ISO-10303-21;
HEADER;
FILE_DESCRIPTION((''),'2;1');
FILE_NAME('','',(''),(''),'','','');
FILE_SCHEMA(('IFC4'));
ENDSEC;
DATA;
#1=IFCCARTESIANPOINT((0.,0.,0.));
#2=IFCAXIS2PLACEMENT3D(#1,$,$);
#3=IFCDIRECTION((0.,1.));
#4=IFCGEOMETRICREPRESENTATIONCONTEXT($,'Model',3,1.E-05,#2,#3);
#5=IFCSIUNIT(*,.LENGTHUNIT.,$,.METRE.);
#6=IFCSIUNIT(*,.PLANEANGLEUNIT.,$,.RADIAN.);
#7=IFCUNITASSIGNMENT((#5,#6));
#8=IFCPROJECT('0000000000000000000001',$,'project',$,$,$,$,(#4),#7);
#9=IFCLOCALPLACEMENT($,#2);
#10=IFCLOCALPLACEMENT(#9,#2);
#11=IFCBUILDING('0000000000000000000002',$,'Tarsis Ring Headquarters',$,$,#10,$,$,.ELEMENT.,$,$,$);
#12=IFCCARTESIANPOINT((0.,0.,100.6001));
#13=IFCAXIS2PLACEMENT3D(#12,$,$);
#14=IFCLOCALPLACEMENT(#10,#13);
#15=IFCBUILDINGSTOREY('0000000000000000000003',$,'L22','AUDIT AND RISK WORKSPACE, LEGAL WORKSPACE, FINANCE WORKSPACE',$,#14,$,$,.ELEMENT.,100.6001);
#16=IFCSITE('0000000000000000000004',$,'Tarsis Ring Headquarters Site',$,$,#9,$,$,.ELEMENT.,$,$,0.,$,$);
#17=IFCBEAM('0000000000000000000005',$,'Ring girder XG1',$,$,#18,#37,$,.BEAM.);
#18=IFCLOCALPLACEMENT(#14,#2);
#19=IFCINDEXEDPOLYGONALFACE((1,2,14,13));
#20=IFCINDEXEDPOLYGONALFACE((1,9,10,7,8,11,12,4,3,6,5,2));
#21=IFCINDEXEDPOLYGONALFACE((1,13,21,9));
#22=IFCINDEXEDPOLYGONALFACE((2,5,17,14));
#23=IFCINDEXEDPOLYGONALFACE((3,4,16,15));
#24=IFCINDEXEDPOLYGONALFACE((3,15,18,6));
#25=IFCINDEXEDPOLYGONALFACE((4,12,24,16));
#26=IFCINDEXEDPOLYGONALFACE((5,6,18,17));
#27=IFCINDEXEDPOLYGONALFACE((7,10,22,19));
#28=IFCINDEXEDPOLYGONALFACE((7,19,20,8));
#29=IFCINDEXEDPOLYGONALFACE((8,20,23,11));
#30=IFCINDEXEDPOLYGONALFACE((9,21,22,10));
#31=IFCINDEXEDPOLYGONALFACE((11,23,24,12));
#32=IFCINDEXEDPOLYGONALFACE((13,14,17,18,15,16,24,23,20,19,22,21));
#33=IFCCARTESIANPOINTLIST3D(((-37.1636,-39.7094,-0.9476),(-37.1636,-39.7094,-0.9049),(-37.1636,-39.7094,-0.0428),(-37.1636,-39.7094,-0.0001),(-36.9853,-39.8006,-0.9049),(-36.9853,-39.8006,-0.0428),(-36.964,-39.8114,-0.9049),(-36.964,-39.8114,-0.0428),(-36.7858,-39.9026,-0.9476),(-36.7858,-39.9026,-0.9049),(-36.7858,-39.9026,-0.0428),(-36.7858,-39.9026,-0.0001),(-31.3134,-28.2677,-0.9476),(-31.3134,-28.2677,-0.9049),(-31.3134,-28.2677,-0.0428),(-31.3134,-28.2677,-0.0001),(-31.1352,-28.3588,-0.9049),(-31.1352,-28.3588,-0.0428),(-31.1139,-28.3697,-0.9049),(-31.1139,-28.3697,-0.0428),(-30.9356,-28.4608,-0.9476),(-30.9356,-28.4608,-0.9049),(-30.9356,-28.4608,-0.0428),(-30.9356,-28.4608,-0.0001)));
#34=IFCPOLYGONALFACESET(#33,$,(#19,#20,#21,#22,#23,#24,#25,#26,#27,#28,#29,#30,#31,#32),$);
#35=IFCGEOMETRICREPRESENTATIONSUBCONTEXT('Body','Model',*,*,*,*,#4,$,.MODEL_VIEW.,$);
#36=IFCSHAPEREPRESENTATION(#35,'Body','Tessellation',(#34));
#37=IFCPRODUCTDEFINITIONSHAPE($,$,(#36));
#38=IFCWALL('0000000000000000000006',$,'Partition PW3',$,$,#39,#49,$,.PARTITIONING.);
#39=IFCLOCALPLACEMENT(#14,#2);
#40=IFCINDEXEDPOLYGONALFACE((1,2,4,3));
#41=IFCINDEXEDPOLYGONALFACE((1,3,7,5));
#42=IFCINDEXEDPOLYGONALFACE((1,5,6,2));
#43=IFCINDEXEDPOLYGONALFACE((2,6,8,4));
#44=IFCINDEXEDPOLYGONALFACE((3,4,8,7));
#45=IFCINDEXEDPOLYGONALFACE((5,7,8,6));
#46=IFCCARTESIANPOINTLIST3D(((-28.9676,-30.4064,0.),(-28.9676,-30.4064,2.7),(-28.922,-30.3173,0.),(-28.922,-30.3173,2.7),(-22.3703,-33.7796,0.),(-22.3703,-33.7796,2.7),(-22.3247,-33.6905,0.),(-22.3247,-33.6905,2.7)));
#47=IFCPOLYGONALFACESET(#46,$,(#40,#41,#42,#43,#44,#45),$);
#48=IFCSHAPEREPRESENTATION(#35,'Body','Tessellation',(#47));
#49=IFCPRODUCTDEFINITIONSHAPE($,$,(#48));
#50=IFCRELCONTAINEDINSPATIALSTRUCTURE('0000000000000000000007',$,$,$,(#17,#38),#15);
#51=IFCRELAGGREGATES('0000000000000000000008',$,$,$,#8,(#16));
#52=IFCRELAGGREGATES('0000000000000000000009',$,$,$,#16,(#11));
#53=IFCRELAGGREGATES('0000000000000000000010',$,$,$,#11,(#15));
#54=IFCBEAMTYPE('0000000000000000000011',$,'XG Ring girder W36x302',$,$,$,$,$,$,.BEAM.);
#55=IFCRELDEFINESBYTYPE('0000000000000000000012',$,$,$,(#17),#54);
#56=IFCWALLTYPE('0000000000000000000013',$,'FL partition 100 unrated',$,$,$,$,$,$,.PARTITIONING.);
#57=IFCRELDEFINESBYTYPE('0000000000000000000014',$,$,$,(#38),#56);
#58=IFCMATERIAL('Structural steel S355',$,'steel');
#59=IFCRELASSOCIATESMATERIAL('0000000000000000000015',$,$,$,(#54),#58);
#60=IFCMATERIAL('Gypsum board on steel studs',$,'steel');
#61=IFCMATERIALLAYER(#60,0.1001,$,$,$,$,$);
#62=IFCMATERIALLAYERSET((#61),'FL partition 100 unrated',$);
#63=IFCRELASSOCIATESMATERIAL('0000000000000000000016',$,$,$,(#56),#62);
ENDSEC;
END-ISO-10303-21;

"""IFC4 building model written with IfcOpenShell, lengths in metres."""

from ifc_helpers import new_model, si_unit, direction, frame, frame_2d, origin, origin_2d, place, context, subcontext, project, spatial, rectangle, i_section, extrude, material, layer, layer_set, material_profile, profile_set, type_object, element, save


model = new_model("IFC4")

# Units and contexts
model_context = context("Model", 3, precision=1e-05, world=origin(), true_north=direction((0.0, 1.0)))
body_context = subcontext(model_context, "Body", "Model", "MODEL_VIEW")
ifc_project = project(units=[si_unit("LENGTHUNIT", "METRE"), si_unit("PLANEANGLEUNIT", "RADIAN")], contexts=[model_context])

# Site, building, storey
site_placement = place(None, origin())
site = spatial("IfcSite", under=ifc_project, at=site_placement, Name="Tarsis Ring Headquarters Site", CompositionType="ELEMENT", RefElevation=0.0)
building_placement = place(site_placement, origin())
building = spatial("IfcBuilding", under=site, at=building_placement, Name="Tarsis Ring Headquarters", CompositionType="ELEMENT")
storey_placement = place(building_placement, frame((0.0, 0.0, 100.6001)))
storey = spatial("IfcBuildingStorey", under=building, at=storey_placement, Name="L22", Description="AUDIT AND RISK WORKSPACE, LEGAL WORKSPACE, FINANCE WORKSPACE", CompositionType="ELEMENT", Elevation=100.6001)

# Shared definitions
ifc_material_1 = material(Name="Structural steel S355", Category="steel")

# Beam
ifc_material_profile_1 = material_profile(ifc_material_1, i_section(OverallWidth=0.4243, OverallDepth=0.9475, WebThickness=0.0239, FlangeThickness=0.0427, at=origin_2d()), Name="W36x302")
ifc_profile_set_1 = profile_set([ifc_material_profile_1], Name="Structural steel S355")
beam_type_1 = type_object("IfcBeamType", Name="XG Ring girder W36x302", PredefinedType="BEAM", material=ifc_profile_set_1)
beam_1_placement = place(storey_placement, frame((-31.1245, -28.3643, -0.4739), z_axis=(-0.455243, -0.890367, 0.0), x_axis=(0.890367, -0.455243, 0.0)))
element("IfcBeam", 1, at=beam_1_placement, inside=storey, type_object=beam_type_1, Name="Ring girder XG1", PredefinedType="BEAM", context=body_context, shape_type="SweptSolid", body=[
    extrude(i_section(OverallWidth=0.4243, OverallDepth=0.9475, WebThickness=0.0239, FlangeThickness=0.0427, at=origin_2d()), origin(), (0.0, 0.0, 1.0), 12.8506),
])

# Wall
ifc_material_2 = material(Name="Gypsum board on steel studs", Category="steel")
ifc_layer = layer(ifc_material_2, 0.1001)
ifc_layer_set = layer_set([ifc_layer], Name="FL partition 100 unrated")
wall_type = type_object("IfcWallType", Name="FL partition 100 unrated", PredefinedType="PARTITIONING", material=ifc_layer_set)
wall_placement = place(storey_placement, frame((-28.9448, -30.3618, 0.0), z_axis=(0.0, 0.0, 1.0), x_axis=(0.890365, -0.455248, 0.0)))
element("IfcWall", 2, at=wall_placement, inside=storey, type_object=wall_type, Name="Partition PW3", PredefinedType="PARTITIONING", context=body_context, shape_type="SweptSolid", body=[
    extrude(rectangle(XDim=7.4097, YDim=0.1001, at=frame_2d((3.7048, 0.0))), origin(), (0.0, 0.0, 1.0), 2.7),
])

save(model, "model.ifc")
